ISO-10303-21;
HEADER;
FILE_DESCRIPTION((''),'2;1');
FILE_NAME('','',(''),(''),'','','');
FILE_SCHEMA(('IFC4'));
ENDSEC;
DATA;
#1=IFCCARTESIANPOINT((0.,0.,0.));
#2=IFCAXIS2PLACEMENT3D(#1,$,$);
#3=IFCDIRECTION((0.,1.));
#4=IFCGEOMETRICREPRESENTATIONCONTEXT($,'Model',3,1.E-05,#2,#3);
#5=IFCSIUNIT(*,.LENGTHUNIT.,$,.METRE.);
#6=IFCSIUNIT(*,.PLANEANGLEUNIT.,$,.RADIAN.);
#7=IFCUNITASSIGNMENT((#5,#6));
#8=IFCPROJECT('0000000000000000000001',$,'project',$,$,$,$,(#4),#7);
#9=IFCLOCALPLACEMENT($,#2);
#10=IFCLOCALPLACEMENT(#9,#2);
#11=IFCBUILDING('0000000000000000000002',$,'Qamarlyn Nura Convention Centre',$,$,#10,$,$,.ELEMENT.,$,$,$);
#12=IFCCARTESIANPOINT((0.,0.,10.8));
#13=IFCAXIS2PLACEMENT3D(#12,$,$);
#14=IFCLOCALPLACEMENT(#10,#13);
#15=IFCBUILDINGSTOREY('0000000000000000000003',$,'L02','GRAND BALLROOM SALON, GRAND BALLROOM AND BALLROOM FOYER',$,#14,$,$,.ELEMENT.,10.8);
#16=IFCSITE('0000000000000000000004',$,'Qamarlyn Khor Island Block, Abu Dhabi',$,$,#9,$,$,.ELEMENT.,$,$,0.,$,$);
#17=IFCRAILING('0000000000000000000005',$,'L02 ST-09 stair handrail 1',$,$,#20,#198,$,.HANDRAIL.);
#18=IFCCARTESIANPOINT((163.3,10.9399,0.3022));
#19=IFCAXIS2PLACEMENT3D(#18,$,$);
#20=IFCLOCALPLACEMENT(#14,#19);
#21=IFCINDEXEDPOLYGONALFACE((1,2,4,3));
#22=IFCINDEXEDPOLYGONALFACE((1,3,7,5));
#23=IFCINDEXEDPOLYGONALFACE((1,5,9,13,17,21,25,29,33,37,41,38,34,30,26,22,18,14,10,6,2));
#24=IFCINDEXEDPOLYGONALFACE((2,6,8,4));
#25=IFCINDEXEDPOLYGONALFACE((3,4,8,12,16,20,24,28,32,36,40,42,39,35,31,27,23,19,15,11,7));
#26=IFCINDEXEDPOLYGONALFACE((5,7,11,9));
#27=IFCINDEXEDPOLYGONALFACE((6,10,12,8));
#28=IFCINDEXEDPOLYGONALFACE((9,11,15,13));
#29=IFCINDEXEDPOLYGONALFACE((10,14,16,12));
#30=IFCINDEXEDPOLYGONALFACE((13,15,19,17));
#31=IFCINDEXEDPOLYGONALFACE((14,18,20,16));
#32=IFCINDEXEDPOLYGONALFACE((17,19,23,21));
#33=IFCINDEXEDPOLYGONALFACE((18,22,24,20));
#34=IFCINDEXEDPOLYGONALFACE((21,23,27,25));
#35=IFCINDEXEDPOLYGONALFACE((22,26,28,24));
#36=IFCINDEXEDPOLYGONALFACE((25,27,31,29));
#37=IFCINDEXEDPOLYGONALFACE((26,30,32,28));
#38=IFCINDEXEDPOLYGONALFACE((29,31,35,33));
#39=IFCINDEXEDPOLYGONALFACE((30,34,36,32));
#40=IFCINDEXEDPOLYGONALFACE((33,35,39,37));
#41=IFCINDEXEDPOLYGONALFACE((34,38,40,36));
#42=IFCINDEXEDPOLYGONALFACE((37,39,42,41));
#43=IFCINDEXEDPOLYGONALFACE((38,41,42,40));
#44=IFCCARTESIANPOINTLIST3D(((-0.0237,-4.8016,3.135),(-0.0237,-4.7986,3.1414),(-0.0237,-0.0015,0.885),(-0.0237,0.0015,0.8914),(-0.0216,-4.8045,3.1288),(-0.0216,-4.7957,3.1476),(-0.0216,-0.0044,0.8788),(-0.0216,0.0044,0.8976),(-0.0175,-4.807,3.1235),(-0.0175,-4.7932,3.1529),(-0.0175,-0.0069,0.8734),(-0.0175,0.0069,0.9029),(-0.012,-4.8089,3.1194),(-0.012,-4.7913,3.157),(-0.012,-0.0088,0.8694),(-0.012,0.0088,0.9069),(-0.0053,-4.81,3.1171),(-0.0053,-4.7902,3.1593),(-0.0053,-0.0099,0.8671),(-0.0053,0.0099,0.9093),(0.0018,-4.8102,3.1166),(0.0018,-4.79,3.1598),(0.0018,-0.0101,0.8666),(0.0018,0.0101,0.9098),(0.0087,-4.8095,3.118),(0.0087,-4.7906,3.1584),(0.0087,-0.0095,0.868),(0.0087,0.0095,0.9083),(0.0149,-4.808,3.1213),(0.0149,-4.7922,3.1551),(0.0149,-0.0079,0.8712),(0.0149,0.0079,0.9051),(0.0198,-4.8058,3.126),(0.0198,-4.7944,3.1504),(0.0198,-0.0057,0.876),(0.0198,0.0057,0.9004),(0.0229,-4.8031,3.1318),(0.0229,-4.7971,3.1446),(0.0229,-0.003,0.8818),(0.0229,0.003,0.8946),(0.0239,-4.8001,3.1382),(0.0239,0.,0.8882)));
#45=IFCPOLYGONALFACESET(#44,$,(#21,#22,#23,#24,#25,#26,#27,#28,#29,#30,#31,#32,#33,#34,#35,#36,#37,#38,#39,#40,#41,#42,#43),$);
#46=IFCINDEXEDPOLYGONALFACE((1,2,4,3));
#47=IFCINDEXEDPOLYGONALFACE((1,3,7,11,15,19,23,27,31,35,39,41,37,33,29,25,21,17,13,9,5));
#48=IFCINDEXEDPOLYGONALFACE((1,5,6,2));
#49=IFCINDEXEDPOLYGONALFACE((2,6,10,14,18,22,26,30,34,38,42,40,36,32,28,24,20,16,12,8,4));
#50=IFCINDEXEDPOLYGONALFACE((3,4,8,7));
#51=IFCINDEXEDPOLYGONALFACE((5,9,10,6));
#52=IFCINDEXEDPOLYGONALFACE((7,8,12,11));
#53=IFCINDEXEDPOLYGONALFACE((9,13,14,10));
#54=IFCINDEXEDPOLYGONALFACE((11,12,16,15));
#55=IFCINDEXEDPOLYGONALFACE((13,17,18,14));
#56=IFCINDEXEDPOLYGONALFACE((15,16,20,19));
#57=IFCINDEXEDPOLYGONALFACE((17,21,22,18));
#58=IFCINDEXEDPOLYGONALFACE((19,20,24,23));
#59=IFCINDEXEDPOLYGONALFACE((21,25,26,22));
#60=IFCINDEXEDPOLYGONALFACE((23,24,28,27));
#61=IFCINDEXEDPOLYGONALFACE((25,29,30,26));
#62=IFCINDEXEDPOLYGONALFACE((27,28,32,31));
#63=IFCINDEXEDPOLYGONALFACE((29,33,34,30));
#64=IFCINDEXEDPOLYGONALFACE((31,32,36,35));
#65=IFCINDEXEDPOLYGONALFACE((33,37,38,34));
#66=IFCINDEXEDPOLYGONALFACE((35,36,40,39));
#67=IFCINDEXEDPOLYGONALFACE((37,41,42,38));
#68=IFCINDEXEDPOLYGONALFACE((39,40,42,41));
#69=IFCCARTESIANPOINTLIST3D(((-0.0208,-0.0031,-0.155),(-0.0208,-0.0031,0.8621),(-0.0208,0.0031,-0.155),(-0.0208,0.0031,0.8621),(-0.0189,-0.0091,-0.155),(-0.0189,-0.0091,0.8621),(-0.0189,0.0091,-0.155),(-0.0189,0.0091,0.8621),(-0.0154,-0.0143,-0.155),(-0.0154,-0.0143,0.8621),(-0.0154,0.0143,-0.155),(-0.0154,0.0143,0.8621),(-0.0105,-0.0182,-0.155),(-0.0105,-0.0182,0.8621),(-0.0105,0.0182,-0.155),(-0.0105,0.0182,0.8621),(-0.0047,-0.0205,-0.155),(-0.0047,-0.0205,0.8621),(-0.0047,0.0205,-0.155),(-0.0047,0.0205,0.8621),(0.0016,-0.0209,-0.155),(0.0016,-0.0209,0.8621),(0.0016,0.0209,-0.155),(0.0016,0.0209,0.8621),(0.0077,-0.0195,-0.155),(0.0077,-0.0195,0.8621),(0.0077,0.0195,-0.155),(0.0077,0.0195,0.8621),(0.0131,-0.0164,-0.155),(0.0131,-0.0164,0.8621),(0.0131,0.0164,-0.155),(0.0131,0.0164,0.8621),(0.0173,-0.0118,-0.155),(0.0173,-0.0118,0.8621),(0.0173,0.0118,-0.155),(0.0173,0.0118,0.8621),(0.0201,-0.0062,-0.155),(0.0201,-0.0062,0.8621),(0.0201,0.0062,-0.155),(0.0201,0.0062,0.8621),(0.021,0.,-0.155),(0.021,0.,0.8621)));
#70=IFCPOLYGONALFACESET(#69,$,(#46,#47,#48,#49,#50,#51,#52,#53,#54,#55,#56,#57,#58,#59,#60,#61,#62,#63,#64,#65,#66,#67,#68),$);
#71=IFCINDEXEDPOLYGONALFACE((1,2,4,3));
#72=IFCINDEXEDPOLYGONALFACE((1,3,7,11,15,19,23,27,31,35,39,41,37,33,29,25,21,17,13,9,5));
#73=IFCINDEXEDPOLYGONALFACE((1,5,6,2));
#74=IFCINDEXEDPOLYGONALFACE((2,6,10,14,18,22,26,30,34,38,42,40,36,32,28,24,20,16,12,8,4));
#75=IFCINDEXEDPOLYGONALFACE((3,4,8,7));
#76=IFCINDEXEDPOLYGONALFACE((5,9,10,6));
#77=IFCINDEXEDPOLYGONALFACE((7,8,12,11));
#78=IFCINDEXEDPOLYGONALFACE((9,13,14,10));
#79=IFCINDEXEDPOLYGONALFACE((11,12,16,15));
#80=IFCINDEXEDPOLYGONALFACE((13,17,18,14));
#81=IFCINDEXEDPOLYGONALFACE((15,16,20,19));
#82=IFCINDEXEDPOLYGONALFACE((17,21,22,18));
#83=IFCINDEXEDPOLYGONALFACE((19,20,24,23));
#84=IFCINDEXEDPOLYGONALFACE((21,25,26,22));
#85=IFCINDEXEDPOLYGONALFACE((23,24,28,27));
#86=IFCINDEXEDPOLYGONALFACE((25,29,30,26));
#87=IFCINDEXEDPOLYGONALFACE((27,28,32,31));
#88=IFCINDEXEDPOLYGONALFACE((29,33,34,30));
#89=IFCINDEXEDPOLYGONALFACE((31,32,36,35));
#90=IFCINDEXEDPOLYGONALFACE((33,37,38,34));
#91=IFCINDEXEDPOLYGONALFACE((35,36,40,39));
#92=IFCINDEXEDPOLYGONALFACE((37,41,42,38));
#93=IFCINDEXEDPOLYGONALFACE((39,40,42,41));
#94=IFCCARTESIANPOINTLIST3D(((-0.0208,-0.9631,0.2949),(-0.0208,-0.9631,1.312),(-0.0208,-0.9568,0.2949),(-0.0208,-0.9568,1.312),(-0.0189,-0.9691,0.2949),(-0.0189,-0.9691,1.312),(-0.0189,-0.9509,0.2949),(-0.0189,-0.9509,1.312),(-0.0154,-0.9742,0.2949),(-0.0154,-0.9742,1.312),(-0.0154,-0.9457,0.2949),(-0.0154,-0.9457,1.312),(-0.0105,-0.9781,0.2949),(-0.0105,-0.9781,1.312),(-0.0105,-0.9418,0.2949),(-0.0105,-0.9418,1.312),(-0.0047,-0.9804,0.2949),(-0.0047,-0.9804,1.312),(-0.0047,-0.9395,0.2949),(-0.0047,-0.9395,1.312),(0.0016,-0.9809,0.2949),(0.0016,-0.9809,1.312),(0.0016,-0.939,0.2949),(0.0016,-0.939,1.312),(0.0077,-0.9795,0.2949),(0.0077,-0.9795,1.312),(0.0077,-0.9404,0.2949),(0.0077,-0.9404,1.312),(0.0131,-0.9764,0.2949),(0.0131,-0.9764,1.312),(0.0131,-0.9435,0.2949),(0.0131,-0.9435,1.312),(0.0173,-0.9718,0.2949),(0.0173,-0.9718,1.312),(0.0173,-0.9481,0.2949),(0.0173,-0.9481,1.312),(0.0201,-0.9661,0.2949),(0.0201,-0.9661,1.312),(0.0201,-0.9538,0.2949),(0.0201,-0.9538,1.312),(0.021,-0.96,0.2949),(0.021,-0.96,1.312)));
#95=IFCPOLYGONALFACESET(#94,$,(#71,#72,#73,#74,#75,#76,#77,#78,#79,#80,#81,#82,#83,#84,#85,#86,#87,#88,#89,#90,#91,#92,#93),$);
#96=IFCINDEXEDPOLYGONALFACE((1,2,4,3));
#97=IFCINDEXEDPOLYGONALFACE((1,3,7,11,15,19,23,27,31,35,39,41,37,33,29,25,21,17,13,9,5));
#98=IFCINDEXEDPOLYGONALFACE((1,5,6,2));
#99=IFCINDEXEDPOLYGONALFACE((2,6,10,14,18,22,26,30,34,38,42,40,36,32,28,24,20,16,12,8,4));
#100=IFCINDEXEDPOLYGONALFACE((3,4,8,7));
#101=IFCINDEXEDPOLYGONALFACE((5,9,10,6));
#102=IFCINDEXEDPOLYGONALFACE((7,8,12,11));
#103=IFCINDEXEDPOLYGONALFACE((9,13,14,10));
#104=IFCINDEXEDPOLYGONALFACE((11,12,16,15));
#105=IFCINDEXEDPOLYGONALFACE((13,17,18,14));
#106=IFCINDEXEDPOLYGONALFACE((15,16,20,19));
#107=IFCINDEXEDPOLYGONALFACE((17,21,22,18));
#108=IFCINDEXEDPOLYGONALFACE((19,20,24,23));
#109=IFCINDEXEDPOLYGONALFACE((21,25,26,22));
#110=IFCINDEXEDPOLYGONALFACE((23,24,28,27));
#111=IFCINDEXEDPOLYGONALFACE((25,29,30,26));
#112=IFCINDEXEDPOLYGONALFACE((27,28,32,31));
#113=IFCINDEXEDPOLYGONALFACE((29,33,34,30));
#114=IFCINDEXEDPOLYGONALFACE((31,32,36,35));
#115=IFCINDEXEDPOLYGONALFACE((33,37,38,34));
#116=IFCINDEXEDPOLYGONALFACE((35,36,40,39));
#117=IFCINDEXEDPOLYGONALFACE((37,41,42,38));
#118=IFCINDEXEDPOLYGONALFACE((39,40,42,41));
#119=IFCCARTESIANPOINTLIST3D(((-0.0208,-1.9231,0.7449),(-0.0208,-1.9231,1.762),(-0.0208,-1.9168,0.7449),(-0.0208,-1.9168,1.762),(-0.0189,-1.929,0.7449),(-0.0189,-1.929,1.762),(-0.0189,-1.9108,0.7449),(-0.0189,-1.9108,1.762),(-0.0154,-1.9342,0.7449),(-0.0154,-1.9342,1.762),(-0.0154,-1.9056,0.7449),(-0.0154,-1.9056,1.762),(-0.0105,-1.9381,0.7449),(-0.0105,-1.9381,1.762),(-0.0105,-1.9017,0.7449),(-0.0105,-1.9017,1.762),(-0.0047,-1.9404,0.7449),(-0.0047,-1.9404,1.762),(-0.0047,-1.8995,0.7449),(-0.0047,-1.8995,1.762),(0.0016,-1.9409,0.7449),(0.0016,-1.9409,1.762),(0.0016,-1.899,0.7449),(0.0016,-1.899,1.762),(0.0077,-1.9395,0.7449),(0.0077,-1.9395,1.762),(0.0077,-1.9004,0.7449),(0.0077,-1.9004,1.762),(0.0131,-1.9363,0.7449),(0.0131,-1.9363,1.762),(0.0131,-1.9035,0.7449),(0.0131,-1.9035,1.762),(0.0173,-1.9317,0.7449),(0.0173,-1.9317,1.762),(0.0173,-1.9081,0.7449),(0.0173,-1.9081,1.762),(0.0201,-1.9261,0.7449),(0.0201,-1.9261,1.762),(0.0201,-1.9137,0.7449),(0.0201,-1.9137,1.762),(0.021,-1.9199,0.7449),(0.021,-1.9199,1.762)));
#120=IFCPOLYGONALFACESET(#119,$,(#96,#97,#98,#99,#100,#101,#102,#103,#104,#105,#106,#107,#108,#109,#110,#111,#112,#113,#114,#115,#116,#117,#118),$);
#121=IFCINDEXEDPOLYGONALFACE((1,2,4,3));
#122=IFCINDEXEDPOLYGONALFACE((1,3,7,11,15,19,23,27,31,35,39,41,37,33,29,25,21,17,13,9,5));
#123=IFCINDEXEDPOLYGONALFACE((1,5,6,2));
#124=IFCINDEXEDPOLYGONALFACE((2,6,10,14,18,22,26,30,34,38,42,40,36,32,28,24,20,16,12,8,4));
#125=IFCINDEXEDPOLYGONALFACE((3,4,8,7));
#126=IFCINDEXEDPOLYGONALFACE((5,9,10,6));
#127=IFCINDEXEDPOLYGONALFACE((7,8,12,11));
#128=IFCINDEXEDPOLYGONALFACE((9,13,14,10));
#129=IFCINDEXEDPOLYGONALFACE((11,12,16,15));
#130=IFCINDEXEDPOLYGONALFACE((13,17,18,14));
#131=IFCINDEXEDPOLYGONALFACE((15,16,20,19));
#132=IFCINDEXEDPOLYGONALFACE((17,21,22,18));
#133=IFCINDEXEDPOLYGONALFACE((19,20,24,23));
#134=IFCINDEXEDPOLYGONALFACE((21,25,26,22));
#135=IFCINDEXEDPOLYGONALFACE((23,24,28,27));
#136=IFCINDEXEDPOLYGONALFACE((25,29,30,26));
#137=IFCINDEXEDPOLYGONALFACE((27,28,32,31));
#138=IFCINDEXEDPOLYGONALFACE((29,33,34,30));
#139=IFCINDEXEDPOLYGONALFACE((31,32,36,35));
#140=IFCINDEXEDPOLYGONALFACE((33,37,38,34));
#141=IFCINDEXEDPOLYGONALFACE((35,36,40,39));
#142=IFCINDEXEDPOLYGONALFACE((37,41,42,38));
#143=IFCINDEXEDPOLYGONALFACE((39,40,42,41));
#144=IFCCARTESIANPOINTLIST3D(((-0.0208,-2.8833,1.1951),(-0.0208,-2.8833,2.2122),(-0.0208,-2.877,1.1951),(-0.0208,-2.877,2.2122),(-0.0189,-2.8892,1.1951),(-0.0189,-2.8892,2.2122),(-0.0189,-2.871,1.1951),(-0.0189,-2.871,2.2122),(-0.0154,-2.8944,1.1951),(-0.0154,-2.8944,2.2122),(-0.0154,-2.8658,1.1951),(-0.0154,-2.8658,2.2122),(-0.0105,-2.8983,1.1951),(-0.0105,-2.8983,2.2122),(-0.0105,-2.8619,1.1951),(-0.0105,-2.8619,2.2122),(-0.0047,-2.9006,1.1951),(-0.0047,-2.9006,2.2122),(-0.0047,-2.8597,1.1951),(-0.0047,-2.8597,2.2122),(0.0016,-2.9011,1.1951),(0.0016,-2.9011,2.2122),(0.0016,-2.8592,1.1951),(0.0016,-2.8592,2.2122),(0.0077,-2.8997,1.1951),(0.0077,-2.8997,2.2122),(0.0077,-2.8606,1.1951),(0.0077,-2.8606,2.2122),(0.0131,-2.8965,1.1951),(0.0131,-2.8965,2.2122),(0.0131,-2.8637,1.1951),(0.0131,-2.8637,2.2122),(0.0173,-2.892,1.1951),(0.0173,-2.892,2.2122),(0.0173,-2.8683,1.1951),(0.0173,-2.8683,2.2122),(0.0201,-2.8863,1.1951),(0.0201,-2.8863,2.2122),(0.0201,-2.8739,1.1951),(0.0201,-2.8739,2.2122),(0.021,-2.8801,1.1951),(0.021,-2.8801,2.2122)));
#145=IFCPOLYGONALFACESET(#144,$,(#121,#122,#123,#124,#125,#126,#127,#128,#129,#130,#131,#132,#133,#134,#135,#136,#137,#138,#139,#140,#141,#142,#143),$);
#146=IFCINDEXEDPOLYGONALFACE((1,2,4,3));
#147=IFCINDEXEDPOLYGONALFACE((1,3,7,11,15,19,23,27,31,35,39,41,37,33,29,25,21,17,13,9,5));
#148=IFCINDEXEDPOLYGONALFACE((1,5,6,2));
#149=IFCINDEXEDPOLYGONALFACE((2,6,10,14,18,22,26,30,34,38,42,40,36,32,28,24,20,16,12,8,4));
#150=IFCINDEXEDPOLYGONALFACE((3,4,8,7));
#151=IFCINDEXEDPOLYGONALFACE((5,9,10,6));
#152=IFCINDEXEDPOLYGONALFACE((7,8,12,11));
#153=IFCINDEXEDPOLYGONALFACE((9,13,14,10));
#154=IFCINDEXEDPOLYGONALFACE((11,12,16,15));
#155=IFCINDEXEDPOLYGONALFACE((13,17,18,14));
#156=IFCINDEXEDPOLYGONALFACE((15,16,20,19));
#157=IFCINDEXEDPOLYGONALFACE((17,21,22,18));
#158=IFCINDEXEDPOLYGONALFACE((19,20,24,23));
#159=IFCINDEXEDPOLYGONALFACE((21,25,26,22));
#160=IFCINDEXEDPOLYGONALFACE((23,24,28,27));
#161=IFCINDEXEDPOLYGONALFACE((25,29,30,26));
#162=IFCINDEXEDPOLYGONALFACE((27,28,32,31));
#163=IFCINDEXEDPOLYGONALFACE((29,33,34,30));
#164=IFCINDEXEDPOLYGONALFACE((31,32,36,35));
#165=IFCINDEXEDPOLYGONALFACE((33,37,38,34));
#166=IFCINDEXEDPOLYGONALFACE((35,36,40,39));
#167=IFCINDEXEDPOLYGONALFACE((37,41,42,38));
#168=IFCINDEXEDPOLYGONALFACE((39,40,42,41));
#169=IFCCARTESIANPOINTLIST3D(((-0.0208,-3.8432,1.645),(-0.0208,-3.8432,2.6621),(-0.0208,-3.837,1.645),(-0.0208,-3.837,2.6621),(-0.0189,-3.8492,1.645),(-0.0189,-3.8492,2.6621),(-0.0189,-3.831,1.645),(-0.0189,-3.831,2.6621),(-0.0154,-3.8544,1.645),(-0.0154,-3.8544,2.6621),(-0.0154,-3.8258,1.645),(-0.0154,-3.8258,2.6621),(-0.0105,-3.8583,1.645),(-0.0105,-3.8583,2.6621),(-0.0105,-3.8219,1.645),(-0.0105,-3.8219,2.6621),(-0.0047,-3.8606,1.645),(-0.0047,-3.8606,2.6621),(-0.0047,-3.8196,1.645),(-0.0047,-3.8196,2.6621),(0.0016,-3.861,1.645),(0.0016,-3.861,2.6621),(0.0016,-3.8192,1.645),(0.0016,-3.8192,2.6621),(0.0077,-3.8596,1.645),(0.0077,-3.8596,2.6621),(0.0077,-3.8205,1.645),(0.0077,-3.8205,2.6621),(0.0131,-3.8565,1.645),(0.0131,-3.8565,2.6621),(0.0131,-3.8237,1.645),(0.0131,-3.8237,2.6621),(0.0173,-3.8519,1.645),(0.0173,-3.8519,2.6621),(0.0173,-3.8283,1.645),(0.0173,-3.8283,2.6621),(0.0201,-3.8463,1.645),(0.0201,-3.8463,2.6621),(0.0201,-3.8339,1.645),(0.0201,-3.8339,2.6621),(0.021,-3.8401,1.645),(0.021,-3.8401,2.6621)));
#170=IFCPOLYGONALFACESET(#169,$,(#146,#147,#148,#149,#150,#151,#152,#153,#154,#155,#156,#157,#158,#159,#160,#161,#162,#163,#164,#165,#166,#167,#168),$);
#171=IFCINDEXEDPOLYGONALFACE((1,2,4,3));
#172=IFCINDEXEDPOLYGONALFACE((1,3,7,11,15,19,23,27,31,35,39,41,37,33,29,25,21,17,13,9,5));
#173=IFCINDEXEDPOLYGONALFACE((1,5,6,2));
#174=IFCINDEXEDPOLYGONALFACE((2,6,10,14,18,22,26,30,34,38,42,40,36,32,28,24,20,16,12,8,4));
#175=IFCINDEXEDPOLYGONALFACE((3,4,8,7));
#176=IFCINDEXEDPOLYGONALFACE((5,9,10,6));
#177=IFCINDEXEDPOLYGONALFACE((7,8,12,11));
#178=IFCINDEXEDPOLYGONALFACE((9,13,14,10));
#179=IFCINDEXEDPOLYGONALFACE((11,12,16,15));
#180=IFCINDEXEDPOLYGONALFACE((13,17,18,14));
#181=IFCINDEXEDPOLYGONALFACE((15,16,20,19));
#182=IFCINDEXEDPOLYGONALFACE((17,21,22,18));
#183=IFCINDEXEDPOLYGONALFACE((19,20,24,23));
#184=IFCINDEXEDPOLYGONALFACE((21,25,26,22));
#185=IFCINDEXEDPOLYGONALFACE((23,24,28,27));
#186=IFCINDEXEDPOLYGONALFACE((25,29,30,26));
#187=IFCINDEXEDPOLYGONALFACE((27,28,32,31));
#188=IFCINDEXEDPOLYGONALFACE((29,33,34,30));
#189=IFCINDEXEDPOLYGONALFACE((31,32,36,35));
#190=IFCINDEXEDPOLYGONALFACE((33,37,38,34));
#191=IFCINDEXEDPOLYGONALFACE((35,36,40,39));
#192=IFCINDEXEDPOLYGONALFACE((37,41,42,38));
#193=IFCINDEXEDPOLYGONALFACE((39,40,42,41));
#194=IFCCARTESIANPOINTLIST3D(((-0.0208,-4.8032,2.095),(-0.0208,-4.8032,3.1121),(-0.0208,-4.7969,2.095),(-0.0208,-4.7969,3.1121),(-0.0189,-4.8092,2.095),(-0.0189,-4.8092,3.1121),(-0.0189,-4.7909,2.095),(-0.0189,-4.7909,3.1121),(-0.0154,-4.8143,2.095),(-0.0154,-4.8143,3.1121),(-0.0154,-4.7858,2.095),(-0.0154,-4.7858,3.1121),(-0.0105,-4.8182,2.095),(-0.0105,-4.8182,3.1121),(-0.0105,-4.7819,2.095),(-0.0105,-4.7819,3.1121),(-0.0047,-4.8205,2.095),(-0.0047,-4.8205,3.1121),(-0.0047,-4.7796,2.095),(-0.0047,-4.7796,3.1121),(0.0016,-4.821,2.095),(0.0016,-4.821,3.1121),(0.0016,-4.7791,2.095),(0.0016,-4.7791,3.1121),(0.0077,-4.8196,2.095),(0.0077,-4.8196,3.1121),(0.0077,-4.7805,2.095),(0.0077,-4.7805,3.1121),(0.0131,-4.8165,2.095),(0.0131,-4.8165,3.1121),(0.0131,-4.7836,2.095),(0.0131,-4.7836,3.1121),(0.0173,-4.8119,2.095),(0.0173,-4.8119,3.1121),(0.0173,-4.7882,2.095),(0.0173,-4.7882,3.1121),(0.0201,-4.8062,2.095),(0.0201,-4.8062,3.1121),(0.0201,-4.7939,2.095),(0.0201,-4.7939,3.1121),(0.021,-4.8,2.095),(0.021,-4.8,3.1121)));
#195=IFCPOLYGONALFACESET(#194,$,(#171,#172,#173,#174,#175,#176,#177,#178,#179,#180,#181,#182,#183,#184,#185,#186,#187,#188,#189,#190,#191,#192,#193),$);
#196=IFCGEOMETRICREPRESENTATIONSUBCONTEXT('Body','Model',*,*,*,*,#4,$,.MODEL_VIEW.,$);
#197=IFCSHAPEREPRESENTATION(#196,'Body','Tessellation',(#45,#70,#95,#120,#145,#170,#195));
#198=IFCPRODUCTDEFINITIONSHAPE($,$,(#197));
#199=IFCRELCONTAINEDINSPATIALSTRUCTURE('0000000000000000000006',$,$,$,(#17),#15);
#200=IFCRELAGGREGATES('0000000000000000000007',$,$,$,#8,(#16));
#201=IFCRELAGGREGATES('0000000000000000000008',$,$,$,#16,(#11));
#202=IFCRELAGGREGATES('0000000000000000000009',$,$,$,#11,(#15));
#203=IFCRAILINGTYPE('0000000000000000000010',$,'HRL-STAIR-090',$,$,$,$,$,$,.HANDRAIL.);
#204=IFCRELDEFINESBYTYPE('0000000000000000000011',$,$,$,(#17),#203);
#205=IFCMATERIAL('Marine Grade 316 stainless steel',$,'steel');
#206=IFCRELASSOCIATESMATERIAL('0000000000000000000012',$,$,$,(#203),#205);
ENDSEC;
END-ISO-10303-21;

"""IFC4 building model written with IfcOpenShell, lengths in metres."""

from ifc_helpers import new_model, si_unit, direction, frame, origin, origin_2d, place, context, subcontext, project, spatial, circle, extrude, material, type_object, element, save


model = new_model("IFC4")

# Units and contexts
model_context = context("Model", 3, precision=1e-05, world=origin(), true_north=direction((0.0, 1.0)))
body_context = subcontext(model_context, "Body", "Model", "MODEL_VIEW")
ifc_project = project(units=[si_unit("LENGTHUNIT", "METRE"), si_unit("PLANEANGLEUNIT", "RADIAN")], contexts=[model_context])

# Site, building, storey
site_placement = place(None, origin())
site = spatial("IfcSite", under=ifc_project, at=site_placement, Name="Qamarlyn Khor Island Block, Abu Dhabi", CompositionType="ELEMENT", RefElevation=0.0)
building_placement = place(site_placement, origin())
building = spatial("IfcBuilding", under=site, at=building_placement, Name="Qamarlyn Nura Convention Centre", CompositionType="ELEMENT")
storey_placement = place(building_placement, frame((0.0, 0.0, 10.8)))
storey = spatial("IfcBuildingStorey", under=building, at=storey_placement, Name="L02", Description="GRAND BALLROOM SALON, GRAND BALLROOM AND BALLROOM FOYER", CompositionType="ELEMENT", Elevation=10.8)

# Railing
ifc_material_1 = material(Name="Marine Grade 316 stainless steel", Category="steel")
railing_type_1 = type_object("IfcRailingType", Name="HRL-STAIR-090", PredefinedType="HANDRAIL", material=ifc_material_1)
railing_1_placement = place(storey_placement, frame((163.3, 10.9399, 0.3022)))
element("IfcRailing", 1, at=railing_1_placement, inside=storey, type_object=railing_type_1, Name="L02 ST-09 stair handrail 1", PredefinedType="HANDRAIL", context=body_context, shape_type="SweptSolid", body=[
    extrude(circle(Radius=0.0239, at=origin_2d()), frame((0.0, 0.0, 0.8882), z_axis=(0.0, -0.905461, 0.42443), x_axis=(1.0, 0.0, 0.0)), (0.0, 0.0, 1.0), 5.3013),
    extrude(circle(Radius=0.021, at=origin_2d()), frame((0.0, 0.0, -0.155)), (0.0, 0.0, 1.0), 1.0171),
    extrude(circle(Radius=0.021, at=origin_2d()), frame((0.0, -0.96, 0.2949)), (0.0, 0.0, 1.0), 1.0171),
    extrude(circle(Radius=0.021, at=origin_2d()), frame((0.0, -1.9199, 0.7449)), (0.0, 0.0, 1.0), 1.0171),
    extrude(circle(Radius=0.021, at=origin_2d()), frame((0.0, -2.8801, 1.1951)), (0.0, 0.0, 1.0), 1.0171),
    extrude(circle(Radius=0.021, at=origin_2d()), frame((0.0, -3.8401, 1.645)), (0.0, 0.0, 1.0), 1.0171),
    extrude(circle(Radius=0.021, at=origin_2d()), frame((0.0, -4.8, 2.095)), (0.0, 0.0, 1.0), 1.0171),
])

save(model, "model.ifc")
